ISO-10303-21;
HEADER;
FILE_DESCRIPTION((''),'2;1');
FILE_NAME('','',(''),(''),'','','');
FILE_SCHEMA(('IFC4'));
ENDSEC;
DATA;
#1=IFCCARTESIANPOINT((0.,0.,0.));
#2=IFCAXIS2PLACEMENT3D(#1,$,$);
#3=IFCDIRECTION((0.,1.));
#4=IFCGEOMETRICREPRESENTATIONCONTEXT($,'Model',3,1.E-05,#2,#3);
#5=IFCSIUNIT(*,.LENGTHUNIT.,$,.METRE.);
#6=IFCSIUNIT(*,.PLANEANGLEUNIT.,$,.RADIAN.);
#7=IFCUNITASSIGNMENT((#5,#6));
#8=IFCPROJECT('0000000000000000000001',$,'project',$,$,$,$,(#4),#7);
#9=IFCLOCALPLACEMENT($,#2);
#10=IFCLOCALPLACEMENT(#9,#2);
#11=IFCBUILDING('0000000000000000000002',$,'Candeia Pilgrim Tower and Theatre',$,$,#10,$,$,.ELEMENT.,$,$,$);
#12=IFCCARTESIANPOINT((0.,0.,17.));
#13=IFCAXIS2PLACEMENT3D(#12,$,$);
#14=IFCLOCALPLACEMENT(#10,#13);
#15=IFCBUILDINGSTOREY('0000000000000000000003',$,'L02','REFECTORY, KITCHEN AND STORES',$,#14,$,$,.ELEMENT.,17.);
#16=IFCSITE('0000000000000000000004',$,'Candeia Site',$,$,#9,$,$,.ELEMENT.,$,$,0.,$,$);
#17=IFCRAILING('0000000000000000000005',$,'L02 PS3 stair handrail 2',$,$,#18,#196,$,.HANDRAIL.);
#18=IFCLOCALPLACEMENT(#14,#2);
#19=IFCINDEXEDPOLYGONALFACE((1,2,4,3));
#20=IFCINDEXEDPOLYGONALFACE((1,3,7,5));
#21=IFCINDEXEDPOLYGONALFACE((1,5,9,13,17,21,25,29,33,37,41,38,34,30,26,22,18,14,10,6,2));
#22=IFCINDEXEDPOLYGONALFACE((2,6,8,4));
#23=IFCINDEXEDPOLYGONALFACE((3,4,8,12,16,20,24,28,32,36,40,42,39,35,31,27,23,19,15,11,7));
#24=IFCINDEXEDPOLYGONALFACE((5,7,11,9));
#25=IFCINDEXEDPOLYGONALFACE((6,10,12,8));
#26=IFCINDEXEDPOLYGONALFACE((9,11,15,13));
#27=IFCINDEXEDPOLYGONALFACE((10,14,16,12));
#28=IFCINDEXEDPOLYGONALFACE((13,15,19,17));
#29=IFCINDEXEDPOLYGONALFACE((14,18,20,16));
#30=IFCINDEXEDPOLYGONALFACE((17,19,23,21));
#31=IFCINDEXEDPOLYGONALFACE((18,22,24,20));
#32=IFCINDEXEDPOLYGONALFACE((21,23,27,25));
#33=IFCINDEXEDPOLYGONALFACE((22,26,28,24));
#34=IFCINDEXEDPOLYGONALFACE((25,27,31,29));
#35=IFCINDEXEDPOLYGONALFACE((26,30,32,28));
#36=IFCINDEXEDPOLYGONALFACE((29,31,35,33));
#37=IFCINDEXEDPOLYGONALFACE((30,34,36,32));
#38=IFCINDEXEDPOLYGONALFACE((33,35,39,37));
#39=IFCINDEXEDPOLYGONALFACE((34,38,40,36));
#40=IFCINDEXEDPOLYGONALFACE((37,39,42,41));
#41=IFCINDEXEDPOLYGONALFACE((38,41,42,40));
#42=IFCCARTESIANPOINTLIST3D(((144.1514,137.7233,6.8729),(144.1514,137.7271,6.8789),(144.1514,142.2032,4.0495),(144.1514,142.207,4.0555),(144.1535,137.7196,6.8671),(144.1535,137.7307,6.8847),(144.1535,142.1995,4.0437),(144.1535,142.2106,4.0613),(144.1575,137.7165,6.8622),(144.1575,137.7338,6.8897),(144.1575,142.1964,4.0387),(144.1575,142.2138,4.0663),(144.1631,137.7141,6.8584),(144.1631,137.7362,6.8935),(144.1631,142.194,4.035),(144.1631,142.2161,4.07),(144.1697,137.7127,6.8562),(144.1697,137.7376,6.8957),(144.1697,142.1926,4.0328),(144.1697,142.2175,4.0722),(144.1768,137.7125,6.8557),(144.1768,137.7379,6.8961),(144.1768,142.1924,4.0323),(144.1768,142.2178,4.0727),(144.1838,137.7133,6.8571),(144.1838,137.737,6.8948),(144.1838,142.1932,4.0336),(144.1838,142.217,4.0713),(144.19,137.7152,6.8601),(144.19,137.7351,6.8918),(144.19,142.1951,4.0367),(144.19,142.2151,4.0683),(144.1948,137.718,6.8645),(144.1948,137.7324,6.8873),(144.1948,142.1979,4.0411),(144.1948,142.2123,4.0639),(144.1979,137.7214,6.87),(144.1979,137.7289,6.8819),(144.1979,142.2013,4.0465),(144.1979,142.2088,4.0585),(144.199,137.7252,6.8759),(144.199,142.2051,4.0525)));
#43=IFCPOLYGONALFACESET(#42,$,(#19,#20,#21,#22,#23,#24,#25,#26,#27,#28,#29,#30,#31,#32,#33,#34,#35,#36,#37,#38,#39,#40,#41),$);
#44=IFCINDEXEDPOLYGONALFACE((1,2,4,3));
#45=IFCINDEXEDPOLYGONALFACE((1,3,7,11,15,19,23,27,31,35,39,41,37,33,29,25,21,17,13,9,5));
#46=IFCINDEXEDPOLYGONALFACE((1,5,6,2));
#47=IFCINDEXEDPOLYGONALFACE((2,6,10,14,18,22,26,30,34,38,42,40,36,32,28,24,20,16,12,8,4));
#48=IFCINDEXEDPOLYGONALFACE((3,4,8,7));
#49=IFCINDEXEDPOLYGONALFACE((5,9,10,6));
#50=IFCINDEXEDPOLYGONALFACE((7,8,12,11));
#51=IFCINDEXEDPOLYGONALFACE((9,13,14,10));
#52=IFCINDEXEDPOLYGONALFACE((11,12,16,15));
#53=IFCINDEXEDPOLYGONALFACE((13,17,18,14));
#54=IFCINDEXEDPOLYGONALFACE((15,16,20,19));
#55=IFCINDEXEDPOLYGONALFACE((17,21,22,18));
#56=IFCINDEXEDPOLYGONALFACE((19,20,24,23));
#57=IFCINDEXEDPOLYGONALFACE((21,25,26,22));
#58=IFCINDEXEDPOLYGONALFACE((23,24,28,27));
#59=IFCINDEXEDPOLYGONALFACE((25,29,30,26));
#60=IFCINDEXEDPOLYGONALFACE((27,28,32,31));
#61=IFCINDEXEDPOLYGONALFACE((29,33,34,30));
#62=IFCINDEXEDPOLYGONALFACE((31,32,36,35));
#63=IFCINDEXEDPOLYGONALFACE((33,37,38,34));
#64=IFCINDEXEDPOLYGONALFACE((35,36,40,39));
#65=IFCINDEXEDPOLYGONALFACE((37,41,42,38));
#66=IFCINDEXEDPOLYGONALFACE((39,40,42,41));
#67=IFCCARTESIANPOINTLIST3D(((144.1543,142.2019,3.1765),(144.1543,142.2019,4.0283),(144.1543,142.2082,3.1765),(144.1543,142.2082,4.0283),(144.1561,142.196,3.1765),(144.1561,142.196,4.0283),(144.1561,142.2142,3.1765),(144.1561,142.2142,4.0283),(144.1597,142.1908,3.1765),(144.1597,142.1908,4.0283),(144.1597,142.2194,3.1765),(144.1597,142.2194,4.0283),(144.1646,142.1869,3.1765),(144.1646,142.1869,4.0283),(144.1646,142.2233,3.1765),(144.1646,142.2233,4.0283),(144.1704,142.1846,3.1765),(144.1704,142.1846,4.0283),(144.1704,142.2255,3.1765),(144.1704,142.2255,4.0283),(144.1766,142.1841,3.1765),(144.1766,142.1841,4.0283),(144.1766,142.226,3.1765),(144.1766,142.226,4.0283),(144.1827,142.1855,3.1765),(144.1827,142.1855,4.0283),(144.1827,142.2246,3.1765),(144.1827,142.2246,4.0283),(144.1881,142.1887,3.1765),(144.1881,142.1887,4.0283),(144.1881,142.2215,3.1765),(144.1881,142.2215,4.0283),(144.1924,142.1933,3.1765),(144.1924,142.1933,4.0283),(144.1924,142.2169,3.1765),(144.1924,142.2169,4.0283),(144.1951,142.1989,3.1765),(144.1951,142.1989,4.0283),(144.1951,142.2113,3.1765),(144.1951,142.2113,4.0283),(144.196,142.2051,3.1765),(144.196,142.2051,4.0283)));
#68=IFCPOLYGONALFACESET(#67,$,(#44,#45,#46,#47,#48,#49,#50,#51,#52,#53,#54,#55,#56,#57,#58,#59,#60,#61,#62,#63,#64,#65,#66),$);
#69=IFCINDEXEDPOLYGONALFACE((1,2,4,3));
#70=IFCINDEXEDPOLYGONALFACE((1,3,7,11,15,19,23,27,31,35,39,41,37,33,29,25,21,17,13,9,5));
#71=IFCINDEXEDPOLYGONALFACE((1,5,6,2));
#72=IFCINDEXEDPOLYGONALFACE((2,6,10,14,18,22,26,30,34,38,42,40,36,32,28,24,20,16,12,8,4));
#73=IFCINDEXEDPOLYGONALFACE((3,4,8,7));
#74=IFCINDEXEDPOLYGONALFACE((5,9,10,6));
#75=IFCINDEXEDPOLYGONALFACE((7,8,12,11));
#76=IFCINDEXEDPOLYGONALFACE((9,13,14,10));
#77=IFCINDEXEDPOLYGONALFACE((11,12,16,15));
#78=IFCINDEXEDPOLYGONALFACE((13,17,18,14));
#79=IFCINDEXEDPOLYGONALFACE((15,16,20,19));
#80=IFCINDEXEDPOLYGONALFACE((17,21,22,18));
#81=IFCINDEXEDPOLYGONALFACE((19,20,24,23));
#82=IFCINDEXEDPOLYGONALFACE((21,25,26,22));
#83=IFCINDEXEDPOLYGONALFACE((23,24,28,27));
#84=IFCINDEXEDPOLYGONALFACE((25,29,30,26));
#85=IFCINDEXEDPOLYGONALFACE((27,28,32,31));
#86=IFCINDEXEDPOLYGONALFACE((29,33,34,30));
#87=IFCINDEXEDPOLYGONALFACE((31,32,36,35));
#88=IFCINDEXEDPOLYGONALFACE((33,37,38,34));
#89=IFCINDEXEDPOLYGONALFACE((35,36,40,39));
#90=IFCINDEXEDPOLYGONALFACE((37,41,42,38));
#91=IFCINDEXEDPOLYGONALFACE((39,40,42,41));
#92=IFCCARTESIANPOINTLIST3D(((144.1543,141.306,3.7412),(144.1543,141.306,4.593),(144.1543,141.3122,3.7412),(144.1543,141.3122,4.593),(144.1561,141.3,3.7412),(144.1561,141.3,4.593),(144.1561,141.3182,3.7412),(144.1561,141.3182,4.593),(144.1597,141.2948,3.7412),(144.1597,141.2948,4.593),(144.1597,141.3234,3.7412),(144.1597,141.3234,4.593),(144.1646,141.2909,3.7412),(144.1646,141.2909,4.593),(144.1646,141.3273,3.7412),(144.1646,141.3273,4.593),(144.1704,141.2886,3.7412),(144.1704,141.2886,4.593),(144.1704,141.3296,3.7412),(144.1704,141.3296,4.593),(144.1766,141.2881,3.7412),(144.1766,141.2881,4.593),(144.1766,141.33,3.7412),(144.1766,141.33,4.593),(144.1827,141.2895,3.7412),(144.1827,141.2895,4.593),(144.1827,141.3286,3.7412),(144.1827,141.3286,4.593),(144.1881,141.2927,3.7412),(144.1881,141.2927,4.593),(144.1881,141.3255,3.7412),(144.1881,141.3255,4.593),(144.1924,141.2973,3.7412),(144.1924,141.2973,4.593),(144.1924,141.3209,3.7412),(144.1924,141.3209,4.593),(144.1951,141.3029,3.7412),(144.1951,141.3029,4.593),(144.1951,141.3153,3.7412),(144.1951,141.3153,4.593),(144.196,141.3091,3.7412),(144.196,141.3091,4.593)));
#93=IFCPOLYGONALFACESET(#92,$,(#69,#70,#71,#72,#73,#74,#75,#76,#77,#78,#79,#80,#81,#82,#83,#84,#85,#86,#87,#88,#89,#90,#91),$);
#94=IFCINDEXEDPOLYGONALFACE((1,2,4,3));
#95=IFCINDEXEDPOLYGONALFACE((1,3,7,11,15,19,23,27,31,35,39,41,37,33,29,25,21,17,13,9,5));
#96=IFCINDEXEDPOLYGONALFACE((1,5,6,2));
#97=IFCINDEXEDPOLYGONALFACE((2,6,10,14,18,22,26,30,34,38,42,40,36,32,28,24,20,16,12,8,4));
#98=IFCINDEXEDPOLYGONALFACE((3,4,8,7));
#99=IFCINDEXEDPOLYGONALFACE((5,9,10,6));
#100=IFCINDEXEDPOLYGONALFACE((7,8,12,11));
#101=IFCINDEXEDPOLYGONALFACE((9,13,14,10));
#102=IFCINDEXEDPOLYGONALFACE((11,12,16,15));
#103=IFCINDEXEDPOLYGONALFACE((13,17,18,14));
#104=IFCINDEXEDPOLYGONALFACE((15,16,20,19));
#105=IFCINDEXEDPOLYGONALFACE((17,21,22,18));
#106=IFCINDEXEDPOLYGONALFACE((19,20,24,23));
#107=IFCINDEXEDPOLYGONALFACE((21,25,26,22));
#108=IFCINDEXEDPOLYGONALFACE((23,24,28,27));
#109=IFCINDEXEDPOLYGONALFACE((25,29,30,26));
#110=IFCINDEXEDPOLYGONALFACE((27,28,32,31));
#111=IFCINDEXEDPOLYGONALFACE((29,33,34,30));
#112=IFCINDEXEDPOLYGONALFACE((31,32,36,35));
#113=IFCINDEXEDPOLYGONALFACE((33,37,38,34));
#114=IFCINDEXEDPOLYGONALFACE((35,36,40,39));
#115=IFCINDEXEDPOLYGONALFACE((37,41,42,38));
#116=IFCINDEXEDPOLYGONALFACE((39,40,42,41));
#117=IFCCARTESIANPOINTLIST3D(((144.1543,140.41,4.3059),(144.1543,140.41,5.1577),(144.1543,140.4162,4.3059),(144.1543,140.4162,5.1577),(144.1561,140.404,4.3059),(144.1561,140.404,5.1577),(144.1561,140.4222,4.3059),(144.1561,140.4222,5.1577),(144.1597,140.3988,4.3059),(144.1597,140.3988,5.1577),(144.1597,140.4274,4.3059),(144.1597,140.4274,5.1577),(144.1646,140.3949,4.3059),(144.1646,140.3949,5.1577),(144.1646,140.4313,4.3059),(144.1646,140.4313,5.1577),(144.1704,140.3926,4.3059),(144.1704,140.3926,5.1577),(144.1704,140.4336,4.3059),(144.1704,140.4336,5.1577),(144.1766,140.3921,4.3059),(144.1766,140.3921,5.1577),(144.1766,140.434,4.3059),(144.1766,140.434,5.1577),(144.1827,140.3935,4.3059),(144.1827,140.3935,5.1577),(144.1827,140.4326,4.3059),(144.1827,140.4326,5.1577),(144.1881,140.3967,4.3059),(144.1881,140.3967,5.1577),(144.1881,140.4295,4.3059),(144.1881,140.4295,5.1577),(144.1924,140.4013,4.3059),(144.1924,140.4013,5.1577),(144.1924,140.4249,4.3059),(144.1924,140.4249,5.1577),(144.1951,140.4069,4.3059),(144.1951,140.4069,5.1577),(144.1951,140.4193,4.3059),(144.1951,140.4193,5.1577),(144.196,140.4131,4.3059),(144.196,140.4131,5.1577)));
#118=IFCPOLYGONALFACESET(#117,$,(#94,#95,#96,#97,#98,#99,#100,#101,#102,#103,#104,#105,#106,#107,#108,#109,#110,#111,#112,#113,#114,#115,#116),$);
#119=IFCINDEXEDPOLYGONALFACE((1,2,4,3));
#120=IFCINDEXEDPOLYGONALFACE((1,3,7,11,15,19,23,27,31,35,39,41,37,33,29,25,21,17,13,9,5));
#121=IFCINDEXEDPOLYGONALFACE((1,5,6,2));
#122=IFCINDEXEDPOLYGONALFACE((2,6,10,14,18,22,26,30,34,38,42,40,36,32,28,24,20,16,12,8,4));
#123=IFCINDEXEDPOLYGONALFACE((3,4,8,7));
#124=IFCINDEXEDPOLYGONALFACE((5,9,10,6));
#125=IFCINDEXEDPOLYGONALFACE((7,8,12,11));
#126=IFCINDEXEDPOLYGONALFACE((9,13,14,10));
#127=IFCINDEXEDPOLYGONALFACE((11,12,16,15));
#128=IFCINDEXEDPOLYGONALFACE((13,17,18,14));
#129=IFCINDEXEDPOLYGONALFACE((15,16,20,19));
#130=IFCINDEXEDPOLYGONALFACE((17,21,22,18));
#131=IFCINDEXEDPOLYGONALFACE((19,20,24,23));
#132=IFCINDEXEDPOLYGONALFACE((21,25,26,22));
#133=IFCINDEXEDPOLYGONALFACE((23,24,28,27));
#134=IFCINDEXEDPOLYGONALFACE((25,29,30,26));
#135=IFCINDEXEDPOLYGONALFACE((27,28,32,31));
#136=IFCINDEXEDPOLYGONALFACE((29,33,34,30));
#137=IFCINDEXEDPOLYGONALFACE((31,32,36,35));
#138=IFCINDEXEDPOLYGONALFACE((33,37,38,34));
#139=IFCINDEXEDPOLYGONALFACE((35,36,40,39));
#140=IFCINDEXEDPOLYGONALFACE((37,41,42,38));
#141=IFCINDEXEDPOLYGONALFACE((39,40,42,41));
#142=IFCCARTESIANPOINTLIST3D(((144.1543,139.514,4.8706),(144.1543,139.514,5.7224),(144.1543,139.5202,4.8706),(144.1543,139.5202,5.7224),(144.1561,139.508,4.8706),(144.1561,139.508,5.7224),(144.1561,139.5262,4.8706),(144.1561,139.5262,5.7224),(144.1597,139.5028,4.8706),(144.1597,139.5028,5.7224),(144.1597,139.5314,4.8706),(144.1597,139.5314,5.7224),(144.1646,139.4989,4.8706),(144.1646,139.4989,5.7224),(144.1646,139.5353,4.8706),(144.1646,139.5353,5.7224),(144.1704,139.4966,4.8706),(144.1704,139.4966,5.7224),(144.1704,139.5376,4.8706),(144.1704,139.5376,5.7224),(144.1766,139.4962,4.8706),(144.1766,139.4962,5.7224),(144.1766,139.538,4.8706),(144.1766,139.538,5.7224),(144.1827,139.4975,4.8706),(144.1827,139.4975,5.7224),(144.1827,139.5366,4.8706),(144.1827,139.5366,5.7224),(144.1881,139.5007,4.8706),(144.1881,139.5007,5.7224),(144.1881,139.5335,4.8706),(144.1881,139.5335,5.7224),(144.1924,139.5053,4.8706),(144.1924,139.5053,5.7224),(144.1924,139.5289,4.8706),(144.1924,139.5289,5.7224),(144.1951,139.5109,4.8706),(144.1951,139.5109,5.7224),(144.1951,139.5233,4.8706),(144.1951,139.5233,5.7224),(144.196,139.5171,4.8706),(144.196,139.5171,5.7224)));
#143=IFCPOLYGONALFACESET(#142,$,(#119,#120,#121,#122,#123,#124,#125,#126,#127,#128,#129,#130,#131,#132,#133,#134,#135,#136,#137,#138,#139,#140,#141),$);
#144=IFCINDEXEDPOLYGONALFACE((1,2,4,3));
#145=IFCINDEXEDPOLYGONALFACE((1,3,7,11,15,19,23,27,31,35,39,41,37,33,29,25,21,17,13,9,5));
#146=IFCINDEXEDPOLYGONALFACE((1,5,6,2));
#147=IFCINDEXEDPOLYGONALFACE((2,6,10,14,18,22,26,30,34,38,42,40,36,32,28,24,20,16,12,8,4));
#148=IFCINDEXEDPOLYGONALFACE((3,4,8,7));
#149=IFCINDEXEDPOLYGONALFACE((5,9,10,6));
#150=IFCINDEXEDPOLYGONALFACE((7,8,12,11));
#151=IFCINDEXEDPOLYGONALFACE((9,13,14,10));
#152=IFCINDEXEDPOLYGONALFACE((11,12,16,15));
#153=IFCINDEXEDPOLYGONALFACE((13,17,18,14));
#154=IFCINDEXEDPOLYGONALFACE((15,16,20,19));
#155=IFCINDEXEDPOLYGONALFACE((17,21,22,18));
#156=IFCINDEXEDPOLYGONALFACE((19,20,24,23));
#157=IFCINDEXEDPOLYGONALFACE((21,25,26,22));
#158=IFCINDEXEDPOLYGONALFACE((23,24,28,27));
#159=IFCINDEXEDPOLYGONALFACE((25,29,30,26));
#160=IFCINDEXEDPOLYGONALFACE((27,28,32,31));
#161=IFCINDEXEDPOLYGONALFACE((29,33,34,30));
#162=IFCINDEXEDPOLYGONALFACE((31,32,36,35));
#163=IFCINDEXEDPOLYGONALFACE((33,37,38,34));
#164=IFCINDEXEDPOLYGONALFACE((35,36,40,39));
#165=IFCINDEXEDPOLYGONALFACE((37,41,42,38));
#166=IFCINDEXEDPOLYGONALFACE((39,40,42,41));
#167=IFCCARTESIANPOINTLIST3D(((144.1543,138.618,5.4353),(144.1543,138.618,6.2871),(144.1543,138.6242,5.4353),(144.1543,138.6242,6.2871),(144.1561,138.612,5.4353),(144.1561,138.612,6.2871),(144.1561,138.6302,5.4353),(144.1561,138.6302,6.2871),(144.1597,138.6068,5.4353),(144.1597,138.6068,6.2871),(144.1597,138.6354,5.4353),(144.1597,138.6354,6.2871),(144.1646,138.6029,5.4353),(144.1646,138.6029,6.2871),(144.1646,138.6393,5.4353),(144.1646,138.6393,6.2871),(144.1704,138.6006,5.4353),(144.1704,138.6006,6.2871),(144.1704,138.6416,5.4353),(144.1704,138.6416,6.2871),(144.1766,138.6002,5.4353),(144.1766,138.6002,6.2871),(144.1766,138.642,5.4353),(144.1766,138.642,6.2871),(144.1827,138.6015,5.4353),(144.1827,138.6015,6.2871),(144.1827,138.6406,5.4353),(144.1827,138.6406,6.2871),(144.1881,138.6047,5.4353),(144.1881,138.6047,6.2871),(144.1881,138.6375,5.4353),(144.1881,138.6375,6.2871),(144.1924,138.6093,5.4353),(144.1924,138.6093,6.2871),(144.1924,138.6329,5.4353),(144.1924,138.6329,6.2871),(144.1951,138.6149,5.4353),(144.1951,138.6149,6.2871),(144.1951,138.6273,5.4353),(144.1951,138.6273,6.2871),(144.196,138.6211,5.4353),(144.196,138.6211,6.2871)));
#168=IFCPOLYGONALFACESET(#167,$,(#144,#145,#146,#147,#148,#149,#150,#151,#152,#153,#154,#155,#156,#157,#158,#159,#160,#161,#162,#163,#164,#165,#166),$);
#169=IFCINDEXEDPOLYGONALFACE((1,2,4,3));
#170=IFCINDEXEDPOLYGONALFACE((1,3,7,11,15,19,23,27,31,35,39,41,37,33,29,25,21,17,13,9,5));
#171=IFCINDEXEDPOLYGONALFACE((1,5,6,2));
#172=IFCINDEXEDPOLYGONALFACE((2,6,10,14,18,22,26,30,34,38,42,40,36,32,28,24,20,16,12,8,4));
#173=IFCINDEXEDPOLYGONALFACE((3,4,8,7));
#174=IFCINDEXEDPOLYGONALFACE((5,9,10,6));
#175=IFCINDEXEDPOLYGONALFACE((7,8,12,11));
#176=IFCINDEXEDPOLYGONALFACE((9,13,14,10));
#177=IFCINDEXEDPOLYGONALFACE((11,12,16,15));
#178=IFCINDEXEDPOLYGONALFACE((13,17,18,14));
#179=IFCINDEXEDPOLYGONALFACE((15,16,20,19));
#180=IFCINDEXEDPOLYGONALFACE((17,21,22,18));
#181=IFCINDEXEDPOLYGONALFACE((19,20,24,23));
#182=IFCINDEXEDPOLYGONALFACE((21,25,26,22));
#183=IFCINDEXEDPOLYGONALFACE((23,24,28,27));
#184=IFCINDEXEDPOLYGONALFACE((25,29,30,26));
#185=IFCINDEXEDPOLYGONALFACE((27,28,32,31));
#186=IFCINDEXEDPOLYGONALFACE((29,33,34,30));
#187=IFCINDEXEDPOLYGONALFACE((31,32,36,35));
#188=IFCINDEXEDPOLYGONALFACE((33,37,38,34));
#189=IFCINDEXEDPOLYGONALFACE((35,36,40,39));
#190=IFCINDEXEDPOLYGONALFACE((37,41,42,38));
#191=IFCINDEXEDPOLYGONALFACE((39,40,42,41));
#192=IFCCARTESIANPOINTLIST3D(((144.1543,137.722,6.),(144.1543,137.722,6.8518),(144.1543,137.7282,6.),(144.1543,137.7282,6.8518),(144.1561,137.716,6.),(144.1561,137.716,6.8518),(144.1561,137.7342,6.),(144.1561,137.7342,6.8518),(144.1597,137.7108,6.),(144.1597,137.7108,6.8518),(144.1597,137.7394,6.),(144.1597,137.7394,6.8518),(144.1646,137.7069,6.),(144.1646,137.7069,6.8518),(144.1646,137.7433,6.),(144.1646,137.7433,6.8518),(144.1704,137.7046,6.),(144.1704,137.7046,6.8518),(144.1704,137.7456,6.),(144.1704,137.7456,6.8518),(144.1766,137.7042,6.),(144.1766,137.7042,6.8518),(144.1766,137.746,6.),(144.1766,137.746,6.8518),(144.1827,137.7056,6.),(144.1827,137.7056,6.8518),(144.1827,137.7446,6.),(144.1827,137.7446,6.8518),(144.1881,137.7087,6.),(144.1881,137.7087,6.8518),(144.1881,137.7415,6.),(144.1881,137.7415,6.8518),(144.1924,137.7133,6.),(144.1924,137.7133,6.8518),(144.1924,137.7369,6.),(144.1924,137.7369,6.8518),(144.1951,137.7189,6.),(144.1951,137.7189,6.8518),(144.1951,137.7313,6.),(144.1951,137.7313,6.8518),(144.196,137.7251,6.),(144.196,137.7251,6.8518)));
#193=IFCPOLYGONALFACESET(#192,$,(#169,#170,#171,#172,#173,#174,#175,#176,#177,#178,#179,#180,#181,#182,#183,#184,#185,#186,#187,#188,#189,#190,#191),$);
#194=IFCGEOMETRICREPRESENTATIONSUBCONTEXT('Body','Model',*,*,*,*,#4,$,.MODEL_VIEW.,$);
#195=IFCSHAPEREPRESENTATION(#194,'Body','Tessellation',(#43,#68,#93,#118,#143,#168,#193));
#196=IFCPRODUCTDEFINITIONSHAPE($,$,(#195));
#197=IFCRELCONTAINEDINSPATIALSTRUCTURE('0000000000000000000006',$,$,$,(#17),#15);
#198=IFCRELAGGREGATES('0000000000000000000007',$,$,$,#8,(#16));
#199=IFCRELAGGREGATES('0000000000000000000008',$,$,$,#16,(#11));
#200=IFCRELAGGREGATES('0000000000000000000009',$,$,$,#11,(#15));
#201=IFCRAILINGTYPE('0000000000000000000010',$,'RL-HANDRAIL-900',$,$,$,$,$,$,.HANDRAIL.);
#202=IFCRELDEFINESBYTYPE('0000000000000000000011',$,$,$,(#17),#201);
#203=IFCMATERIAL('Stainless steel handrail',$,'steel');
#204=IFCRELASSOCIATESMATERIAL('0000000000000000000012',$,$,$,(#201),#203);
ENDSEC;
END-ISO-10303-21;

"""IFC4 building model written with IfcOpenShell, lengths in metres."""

from ifc_helpers import new_model, si_unit, direction, frame, origin, origin_2d, place, context, subcontext, project, spatial, circle, extrude, material, type_object, element, save


model = new_model("IFC4")

# Units and contexts
model_context = context("Model", 3, precision=1e-05, world=origin(), true_north=direction((0.0, 1.0)))
body_context = subcontext(model_context, "Body", "Model", "MODEL_VIEW")
ifc_project = project(units=[si_unit("LENGTHUNIT", "METRE"), si_unit("PLANEANGLEUNIT", "RADIAN")], contexts=[model_context])

# Site, building, storey
site_placement = place(None, origin())
site = spatial("IfcSite", under=ifc_project, at=site_placement, Name="Candeia Site", CompositionType="ELEMENT", RefElevation=0.0)
building_placement = place(site_placement, origin())
building = spatial("IfcBuilding", under=site, at=building_placement, Name="Candeia Pilgrim Tower and Theatre", CompositionType="ELEMENT")
storey_placement = place(building_placement, frame((0.0, 0.0, 17.0)))
storey = spatial("IfcBuildingStorey", under=building, at=storey_placement, Name="L02", Description="REFECTORY, KITCHEN AND STORES", CompositionType="ELEMENT", Elevation=17.0)

# Railing
ifc_material_1 = material(Name="Stainless steel handrail", Category="steel")
railing_type_1 = type_object("IfcRailingType", Name="RL-HANDRAIL-900", PredefinedType="HANDRAIL", material=ifc_material_1)
for number, where, name in (
    (1, (144.175, 142.2051, 3.1765), "L02 PS3 stair handrail 2"),
):
    element("IfcRailing", number, at=place(storey_placement, frame(where)), inside=storey, type_object=railing_type_1, Name=name, PredefinedType="HANDRAIL", context=body_context, shape_type="SweptSolid", body=[
        extrude(circle(Radius=0.0239, at=origin_2d()), frame((0.0, 0.0, 0.876), z_axis=(0.0, -0.845998, 0.533186), x_axis=(1.0, 0.0, 0.0)), (0.0, 0.0, 1.0), 5.2954),
        extrude(circle(Radius=0.021, at=origin_2d()), origin(), (0.0, 0.0, 1.0), 0.8518),
        extrude(circle(Radius=0.021, at=origin_2d()), frame((0.0, -0.896, 0.5647)), (0.0, 0.0, 1.0), 0.8518),
        extrude(circle(Radius=0.021, at=origin_2d()), frame((0.0, -1.792, 1.1294)), (0.0, 0.0, 1.0), 0.8518),
        extrude(circle(Radius=0.021, at=origin_2d()), frame((0.0, -2.688, 1.6941)), (0.0, 0.0, 1.0), 0.8518),
        extrude(circle(Radius=0.021, at=origin_2d()), frame((0.0, -3.584, 2.2588)), (0.0, 0.0, 1.0), 0.8518),
        extrude(circle(Radius=0.021, at=origin_2d()), frame((0.0, -4.48, 2.8235)), (0.0, 0.0, 1.0), 0.8518),
    ])

save(model, "model.ifc")
